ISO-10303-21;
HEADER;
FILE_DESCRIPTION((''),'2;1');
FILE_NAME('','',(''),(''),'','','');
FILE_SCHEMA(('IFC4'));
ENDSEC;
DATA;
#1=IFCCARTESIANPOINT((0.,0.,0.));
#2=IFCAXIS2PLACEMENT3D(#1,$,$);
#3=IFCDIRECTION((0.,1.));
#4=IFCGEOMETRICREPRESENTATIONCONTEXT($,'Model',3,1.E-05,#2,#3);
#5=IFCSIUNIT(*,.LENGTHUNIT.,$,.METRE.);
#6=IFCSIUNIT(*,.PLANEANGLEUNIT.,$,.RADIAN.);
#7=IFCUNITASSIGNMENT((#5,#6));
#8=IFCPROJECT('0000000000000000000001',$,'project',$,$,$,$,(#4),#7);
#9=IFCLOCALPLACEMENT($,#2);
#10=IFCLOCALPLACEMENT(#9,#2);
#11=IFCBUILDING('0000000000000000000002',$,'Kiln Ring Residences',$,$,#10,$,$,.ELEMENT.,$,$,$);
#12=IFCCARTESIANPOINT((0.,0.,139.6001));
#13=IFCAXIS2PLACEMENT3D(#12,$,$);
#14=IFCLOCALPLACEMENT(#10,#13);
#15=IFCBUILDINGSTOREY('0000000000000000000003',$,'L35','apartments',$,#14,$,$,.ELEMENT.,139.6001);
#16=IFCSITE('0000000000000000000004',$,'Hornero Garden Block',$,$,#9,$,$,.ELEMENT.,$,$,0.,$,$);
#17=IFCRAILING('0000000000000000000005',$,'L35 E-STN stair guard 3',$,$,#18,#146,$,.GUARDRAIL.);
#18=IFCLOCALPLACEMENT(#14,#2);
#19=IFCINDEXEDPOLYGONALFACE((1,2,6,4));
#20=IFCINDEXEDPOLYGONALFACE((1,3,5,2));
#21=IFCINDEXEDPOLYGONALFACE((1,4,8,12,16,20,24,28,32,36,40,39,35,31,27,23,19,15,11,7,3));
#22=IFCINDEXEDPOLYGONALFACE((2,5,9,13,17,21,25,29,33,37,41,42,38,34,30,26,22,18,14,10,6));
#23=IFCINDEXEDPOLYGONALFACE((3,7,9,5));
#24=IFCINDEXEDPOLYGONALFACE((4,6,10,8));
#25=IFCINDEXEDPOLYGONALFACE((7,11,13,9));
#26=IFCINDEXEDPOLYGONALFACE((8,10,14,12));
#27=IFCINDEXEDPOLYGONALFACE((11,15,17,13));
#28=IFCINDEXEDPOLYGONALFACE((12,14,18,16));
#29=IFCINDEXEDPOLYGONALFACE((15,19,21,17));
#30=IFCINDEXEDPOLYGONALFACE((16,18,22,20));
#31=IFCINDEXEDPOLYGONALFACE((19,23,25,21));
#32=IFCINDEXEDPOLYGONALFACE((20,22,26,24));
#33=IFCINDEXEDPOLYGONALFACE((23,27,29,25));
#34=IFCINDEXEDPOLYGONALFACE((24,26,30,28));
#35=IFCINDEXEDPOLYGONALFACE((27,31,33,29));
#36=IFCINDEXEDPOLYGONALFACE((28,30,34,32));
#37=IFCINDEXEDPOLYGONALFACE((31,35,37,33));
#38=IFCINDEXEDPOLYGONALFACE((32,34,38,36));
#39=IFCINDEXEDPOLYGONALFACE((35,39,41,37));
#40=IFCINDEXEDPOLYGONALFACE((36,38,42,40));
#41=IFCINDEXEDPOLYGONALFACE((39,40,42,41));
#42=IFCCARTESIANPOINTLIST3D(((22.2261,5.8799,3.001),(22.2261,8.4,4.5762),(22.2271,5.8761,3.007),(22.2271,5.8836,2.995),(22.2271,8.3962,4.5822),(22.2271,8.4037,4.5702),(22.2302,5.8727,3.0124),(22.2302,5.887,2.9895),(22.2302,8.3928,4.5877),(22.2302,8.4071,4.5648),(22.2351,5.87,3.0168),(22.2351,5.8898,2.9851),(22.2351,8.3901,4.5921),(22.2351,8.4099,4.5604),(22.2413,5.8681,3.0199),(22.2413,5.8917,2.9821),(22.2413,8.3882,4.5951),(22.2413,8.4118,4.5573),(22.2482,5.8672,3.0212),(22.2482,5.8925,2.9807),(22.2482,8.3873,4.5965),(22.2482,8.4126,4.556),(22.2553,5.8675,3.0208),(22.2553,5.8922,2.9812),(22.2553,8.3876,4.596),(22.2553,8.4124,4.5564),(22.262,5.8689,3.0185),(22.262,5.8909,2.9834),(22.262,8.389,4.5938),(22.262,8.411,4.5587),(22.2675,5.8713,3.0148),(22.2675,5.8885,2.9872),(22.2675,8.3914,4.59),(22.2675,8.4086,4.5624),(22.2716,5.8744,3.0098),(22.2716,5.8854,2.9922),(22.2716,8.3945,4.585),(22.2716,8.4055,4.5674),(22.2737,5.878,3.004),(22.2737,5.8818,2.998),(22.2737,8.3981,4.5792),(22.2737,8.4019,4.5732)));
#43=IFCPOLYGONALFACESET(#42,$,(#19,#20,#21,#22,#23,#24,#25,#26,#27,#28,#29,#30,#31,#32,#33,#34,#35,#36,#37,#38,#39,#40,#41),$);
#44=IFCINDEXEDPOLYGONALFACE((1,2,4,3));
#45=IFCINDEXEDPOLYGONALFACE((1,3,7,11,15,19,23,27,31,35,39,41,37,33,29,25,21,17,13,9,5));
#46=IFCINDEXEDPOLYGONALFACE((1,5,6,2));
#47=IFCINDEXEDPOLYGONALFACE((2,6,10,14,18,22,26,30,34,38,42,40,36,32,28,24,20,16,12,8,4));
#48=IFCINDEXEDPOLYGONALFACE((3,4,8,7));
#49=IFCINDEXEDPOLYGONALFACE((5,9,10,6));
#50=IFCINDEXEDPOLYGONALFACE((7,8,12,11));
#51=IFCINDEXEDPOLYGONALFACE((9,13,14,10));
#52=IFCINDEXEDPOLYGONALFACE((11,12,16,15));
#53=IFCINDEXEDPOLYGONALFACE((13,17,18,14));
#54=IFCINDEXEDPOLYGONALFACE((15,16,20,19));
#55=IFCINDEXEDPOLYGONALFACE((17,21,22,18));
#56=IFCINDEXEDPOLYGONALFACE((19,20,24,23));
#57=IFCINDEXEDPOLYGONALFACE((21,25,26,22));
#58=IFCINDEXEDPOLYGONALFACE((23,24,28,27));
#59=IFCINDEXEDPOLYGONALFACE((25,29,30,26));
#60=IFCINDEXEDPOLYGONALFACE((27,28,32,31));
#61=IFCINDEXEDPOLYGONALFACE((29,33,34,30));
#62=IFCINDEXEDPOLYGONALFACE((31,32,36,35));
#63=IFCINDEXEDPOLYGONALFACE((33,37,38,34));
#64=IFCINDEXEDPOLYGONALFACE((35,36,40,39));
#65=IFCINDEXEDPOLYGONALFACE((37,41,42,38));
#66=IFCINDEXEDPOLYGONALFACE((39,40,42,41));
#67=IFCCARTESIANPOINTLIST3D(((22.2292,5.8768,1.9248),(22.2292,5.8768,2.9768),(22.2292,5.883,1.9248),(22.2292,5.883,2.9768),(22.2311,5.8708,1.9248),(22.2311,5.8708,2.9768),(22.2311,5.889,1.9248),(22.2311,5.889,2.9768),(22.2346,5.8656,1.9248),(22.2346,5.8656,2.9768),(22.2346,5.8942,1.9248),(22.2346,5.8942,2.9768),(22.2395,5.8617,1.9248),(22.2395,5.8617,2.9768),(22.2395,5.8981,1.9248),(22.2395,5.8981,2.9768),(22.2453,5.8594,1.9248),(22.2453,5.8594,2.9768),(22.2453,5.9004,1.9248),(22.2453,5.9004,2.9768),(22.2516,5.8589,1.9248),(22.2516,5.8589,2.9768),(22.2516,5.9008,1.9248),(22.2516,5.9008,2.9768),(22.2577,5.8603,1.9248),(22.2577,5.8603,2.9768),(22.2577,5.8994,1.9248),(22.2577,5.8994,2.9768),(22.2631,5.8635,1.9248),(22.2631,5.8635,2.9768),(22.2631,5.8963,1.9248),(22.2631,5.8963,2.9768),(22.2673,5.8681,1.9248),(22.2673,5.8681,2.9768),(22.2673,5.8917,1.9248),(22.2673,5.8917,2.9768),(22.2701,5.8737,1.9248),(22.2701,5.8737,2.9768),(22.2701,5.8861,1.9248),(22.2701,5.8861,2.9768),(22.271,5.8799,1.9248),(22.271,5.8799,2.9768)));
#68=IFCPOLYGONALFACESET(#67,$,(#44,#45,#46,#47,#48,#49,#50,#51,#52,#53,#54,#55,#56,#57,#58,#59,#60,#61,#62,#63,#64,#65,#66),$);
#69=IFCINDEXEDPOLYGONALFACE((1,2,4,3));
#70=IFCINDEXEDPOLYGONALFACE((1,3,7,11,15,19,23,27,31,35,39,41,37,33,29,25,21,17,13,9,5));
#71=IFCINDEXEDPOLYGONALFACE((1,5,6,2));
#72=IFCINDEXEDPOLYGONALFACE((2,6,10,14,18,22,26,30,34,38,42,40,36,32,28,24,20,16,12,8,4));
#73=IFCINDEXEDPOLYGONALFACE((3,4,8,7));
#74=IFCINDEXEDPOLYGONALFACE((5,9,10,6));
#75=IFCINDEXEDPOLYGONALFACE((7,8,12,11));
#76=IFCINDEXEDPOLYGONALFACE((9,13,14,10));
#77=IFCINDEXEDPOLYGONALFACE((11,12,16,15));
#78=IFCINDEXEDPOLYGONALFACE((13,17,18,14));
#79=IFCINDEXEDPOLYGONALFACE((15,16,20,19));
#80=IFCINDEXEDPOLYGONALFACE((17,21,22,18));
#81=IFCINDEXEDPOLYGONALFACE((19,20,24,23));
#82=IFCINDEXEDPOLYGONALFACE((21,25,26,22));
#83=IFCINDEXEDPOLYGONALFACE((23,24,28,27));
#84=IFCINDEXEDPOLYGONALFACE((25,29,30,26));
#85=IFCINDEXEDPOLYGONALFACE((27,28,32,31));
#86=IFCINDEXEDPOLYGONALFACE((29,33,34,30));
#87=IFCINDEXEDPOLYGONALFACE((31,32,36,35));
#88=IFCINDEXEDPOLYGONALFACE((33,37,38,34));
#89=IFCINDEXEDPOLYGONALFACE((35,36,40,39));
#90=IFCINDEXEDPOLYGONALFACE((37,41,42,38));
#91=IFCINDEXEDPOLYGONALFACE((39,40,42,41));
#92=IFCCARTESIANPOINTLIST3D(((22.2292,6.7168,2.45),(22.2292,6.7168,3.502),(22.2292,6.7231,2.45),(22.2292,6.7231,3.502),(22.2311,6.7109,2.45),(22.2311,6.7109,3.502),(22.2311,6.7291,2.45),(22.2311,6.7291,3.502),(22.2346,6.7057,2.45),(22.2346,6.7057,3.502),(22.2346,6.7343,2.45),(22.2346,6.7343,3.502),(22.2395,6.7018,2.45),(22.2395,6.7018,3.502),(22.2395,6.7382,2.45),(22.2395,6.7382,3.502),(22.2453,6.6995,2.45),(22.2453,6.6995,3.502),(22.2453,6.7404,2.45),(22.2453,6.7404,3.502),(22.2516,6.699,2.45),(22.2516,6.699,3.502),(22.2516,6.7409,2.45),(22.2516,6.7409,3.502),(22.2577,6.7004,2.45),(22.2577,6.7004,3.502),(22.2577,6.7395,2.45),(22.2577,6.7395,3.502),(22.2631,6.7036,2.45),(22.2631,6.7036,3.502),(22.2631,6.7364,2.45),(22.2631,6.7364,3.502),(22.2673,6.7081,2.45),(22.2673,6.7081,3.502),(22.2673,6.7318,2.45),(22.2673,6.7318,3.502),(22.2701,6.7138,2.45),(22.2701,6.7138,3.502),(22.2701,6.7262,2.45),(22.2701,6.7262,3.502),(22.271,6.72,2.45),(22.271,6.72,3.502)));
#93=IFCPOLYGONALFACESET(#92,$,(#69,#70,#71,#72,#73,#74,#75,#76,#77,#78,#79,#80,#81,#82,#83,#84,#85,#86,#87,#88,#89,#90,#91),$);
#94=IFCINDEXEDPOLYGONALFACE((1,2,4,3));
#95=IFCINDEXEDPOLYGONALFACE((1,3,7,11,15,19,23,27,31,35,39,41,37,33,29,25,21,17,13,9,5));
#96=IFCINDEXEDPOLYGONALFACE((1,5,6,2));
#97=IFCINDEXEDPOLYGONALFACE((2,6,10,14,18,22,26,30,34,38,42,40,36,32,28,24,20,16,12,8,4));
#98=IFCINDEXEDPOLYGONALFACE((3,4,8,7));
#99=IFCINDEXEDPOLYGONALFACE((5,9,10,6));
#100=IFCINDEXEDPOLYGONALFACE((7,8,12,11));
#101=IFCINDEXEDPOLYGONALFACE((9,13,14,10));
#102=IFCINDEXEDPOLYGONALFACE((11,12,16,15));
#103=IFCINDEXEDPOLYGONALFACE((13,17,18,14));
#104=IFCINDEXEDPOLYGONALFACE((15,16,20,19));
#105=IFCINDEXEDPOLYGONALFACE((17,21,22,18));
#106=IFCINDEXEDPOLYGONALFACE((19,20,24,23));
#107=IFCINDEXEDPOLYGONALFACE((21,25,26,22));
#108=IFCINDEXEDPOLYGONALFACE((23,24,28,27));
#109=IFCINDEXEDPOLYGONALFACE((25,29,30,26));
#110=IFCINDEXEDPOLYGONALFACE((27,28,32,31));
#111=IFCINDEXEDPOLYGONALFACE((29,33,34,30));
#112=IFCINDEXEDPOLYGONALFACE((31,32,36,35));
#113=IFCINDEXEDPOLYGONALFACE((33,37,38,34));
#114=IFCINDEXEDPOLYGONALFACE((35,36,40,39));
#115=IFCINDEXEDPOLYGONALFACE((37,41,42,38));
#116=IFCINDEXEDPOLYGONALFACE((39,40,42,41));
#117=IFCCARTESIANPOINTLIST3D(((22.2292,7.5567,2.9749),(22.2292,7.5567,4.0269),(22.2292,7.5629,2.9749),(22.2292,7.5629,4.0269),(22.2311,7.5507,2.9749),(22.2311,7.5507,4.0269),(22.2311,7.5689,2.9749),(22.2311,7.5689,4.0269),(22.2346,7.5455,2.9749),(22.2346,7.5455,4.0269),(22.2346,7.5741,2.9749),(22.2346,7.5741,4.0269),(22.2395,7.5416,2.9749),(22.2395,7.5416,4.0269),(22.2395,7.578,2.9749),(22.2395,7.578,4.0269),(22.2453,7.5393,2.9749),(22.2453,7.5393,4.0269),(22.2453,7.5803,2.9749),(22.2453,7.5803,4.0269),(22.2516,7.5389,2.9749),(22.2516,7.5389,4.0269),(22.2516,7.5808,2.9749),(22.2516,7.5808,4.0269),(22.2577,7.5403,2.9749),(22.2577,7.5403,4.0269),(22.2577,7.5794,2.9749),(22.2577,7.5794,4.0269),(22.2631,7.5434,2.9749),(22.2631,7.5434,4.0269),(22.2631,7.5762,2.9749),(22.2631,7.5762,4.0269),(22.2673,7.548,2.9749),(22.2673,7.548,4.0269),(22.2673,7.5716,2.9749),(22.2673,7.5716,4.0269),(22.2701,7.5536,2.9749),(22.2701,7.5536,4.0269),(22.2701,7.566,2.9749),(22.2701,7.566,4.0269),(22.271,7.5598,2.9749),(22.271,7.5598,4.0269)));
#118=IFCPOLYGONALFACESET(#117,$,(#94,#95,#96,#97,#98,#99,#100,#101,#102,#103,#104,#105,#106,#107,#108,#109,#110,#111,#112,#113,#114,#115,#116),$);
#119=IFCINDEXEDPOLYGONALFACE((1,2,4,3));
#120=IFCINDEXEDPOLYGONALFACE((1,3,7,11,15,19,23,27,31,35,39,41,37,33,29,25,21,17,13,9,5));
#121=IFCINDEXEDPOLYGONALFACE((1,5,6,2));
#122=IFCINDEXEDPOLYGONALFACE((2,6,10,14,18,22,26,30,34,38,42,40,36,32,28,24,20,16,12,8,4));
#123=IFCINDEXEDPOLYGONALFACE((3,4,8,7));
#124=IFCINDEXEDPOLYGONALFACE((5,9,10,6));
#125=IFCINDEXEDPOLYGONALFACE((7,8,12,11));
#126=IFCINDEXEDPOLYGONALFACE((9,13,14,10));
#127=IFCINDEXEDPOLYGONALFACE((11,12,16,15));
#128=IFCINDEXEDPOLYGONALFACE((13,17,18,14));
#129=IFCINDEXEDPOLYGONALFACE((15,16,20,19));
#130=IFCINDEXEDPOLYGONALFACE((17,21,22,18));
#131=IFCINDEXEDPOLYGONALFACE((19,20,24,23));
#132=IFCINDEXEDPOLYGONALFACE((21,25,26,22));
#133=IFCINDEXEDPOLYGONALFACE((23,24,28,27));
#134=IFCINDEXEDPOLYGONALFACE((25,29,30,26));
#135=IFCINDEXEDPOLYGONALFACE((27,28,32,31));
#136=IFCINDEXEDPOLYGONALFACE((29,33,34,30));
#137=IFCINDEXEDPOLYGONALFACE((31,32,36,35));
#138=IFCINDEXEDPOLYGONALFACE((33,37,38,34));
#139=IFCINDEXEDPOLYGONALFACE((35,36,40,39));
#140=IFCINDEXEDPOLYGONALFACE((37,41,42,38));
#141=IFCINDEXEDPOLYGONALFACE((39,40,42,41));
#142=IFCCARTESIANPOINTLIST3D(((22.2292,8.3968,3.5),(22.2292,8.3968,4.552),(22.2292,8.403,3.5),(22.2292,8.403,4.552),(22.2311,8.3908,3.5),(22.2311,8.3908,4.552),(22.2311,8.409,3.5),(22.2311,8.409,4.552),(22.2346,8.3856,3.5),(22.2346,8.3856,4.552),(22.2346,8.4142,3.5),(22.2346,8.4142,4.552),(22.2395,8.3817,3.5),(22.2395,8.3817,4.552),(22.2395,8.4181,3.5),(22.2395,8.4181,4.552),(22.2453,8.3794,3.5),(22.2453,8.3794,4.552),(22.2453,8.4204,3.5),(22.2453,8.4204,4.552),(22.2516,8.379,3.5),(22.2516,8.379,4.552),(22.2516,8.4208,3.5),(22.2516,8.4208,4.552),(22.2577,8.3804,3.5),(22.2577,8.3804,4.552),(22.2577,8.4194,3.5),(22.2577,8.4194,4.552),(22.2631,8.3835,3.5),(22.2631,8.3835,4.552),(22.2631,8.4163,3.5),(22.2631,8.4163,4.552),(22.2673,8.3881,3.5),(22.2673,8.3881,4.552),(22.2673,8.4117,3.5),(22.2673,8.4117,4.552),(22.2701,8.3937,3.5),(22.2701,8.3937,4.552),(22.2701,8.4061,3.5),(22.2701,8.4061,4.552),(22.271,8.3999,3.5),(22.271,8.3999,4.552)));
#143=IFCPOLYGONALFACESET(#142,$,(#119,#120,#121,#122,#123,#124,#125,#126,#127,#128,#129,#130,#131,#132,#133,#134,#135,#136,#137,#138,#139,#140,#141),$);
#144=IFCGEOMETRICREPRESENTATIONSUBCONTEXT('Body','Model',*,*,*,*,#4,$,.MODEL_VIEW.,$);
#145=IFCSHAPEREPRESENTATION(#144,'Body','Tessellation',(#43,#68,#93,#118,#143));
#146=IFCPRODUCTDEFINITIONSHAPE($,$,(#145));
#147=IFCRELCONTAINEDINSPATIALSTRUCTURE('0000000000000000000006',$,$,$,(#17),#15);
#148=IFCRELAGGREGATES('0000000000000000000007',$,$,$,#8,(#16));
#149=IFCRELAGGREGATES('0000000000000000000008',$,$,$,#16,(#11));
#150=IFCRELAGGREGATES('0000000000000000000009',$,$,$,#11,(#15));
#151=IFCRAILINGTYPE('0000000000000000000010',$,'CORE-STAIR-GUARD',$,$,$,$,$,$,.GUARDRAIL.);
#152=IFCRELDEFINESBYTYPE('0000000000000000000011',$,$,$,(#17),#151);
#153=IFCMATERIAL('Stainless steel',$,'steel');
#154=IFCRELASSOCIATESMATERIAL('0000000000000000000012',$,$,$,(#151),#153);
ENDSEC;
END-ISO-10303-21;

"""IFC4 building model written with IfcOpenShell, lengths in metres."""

from ifc_helpers import new_model, si_unit, direction, frame, origin, origin_2d, place, context, subcontext, project, spatial, circle, extrude, material, type_object, element, save


model = new_model("IFC4")

# Units and contexts
model_context = context("Model", 3, precision=1e-05, world=origin(), true_north=direction((0.0, 1.0)))
body_context = subcontext(model_context, "Body", "Model", "MODEL_VIEW")
ifc_project = project(units=[si_unit("LENGTHUNIT", "METRE"), si_unit("PLANEANGLEUNIT", "RADIAN")], contexts=[model_context])

# Site, building, storey
site_placement = place(None, origin())
site = spatial("IfcSite", under=ifc_project, at=site_placement, Name="Hornero Garden Block", CompositionType="ELEMENT", RefElevation=0.0)
building_placement = place(site_placement, origin())
building = spatial("IfcBuilding", under=site, at=building_placement, Name="Kiln Ring Residences", CompositionType="ELEMENT")
storey_placement = place(building_placement, frame((0.0, 0.0, 139.6001)))
storey = spatial("IfcBuildingStorey", under=building, at=storey_placement, Name="L35", Description="apartments", CompositionType="ELEMENT", Elevation=139.6001)

# Railing
ifc_material_1 = material(Name="Stainless steel", Category="steel")
railing_type_1 = type_object("IfcRailingType", Name="CORE-STAIR-GUARD", PredefinedType="GUARDRAIL", material=ifc_material_1)
railing_1_placement = place(storey_placement, frame((22.25, 5.8799, 1.9248)))
element("IfcRailing", 1, at=railing_1_placement, inside=storey, type_object=railing_type_1, Name="L35 E-STN stair guard 3", PredefinedType="GUARDRAIL", context=body_context, shape_type="SweptSolid", body=[
    extrude(circle(Radius=0.0239, at=origin_2d()), frame((0.0, 0.0, 1.0762), z_axis=(0.0, 0.847971, 0.530043), x_axis=(-1.0, 0.0, 0.0)), (0.0, 0.0, 1.0), 2.9719),
    extrude(circle(Radius=0.021, at=origin_2d()), origin(), (0.0, 0.0, 1.0), 1.052),
    extrude(circle(Radius=0.021, at=origin_2d()), frame((0.0, 0.8401, 0.5251)), (0.0, 0.0, 1.0), 1.052),
    extrude(circle(Radius=0.021, at=origin_2d()), frame((0.0, 1.6799, 1.05)), (0.0, 0.0, 1.0), 1.052),
    extrude(circle(Radius=0.021, at=origin_2d()), frame((0.0, 2.52, 1.5752)), (0.0, 0.0, 1.0), 1.052),
])

save(model, "model.ifc")
